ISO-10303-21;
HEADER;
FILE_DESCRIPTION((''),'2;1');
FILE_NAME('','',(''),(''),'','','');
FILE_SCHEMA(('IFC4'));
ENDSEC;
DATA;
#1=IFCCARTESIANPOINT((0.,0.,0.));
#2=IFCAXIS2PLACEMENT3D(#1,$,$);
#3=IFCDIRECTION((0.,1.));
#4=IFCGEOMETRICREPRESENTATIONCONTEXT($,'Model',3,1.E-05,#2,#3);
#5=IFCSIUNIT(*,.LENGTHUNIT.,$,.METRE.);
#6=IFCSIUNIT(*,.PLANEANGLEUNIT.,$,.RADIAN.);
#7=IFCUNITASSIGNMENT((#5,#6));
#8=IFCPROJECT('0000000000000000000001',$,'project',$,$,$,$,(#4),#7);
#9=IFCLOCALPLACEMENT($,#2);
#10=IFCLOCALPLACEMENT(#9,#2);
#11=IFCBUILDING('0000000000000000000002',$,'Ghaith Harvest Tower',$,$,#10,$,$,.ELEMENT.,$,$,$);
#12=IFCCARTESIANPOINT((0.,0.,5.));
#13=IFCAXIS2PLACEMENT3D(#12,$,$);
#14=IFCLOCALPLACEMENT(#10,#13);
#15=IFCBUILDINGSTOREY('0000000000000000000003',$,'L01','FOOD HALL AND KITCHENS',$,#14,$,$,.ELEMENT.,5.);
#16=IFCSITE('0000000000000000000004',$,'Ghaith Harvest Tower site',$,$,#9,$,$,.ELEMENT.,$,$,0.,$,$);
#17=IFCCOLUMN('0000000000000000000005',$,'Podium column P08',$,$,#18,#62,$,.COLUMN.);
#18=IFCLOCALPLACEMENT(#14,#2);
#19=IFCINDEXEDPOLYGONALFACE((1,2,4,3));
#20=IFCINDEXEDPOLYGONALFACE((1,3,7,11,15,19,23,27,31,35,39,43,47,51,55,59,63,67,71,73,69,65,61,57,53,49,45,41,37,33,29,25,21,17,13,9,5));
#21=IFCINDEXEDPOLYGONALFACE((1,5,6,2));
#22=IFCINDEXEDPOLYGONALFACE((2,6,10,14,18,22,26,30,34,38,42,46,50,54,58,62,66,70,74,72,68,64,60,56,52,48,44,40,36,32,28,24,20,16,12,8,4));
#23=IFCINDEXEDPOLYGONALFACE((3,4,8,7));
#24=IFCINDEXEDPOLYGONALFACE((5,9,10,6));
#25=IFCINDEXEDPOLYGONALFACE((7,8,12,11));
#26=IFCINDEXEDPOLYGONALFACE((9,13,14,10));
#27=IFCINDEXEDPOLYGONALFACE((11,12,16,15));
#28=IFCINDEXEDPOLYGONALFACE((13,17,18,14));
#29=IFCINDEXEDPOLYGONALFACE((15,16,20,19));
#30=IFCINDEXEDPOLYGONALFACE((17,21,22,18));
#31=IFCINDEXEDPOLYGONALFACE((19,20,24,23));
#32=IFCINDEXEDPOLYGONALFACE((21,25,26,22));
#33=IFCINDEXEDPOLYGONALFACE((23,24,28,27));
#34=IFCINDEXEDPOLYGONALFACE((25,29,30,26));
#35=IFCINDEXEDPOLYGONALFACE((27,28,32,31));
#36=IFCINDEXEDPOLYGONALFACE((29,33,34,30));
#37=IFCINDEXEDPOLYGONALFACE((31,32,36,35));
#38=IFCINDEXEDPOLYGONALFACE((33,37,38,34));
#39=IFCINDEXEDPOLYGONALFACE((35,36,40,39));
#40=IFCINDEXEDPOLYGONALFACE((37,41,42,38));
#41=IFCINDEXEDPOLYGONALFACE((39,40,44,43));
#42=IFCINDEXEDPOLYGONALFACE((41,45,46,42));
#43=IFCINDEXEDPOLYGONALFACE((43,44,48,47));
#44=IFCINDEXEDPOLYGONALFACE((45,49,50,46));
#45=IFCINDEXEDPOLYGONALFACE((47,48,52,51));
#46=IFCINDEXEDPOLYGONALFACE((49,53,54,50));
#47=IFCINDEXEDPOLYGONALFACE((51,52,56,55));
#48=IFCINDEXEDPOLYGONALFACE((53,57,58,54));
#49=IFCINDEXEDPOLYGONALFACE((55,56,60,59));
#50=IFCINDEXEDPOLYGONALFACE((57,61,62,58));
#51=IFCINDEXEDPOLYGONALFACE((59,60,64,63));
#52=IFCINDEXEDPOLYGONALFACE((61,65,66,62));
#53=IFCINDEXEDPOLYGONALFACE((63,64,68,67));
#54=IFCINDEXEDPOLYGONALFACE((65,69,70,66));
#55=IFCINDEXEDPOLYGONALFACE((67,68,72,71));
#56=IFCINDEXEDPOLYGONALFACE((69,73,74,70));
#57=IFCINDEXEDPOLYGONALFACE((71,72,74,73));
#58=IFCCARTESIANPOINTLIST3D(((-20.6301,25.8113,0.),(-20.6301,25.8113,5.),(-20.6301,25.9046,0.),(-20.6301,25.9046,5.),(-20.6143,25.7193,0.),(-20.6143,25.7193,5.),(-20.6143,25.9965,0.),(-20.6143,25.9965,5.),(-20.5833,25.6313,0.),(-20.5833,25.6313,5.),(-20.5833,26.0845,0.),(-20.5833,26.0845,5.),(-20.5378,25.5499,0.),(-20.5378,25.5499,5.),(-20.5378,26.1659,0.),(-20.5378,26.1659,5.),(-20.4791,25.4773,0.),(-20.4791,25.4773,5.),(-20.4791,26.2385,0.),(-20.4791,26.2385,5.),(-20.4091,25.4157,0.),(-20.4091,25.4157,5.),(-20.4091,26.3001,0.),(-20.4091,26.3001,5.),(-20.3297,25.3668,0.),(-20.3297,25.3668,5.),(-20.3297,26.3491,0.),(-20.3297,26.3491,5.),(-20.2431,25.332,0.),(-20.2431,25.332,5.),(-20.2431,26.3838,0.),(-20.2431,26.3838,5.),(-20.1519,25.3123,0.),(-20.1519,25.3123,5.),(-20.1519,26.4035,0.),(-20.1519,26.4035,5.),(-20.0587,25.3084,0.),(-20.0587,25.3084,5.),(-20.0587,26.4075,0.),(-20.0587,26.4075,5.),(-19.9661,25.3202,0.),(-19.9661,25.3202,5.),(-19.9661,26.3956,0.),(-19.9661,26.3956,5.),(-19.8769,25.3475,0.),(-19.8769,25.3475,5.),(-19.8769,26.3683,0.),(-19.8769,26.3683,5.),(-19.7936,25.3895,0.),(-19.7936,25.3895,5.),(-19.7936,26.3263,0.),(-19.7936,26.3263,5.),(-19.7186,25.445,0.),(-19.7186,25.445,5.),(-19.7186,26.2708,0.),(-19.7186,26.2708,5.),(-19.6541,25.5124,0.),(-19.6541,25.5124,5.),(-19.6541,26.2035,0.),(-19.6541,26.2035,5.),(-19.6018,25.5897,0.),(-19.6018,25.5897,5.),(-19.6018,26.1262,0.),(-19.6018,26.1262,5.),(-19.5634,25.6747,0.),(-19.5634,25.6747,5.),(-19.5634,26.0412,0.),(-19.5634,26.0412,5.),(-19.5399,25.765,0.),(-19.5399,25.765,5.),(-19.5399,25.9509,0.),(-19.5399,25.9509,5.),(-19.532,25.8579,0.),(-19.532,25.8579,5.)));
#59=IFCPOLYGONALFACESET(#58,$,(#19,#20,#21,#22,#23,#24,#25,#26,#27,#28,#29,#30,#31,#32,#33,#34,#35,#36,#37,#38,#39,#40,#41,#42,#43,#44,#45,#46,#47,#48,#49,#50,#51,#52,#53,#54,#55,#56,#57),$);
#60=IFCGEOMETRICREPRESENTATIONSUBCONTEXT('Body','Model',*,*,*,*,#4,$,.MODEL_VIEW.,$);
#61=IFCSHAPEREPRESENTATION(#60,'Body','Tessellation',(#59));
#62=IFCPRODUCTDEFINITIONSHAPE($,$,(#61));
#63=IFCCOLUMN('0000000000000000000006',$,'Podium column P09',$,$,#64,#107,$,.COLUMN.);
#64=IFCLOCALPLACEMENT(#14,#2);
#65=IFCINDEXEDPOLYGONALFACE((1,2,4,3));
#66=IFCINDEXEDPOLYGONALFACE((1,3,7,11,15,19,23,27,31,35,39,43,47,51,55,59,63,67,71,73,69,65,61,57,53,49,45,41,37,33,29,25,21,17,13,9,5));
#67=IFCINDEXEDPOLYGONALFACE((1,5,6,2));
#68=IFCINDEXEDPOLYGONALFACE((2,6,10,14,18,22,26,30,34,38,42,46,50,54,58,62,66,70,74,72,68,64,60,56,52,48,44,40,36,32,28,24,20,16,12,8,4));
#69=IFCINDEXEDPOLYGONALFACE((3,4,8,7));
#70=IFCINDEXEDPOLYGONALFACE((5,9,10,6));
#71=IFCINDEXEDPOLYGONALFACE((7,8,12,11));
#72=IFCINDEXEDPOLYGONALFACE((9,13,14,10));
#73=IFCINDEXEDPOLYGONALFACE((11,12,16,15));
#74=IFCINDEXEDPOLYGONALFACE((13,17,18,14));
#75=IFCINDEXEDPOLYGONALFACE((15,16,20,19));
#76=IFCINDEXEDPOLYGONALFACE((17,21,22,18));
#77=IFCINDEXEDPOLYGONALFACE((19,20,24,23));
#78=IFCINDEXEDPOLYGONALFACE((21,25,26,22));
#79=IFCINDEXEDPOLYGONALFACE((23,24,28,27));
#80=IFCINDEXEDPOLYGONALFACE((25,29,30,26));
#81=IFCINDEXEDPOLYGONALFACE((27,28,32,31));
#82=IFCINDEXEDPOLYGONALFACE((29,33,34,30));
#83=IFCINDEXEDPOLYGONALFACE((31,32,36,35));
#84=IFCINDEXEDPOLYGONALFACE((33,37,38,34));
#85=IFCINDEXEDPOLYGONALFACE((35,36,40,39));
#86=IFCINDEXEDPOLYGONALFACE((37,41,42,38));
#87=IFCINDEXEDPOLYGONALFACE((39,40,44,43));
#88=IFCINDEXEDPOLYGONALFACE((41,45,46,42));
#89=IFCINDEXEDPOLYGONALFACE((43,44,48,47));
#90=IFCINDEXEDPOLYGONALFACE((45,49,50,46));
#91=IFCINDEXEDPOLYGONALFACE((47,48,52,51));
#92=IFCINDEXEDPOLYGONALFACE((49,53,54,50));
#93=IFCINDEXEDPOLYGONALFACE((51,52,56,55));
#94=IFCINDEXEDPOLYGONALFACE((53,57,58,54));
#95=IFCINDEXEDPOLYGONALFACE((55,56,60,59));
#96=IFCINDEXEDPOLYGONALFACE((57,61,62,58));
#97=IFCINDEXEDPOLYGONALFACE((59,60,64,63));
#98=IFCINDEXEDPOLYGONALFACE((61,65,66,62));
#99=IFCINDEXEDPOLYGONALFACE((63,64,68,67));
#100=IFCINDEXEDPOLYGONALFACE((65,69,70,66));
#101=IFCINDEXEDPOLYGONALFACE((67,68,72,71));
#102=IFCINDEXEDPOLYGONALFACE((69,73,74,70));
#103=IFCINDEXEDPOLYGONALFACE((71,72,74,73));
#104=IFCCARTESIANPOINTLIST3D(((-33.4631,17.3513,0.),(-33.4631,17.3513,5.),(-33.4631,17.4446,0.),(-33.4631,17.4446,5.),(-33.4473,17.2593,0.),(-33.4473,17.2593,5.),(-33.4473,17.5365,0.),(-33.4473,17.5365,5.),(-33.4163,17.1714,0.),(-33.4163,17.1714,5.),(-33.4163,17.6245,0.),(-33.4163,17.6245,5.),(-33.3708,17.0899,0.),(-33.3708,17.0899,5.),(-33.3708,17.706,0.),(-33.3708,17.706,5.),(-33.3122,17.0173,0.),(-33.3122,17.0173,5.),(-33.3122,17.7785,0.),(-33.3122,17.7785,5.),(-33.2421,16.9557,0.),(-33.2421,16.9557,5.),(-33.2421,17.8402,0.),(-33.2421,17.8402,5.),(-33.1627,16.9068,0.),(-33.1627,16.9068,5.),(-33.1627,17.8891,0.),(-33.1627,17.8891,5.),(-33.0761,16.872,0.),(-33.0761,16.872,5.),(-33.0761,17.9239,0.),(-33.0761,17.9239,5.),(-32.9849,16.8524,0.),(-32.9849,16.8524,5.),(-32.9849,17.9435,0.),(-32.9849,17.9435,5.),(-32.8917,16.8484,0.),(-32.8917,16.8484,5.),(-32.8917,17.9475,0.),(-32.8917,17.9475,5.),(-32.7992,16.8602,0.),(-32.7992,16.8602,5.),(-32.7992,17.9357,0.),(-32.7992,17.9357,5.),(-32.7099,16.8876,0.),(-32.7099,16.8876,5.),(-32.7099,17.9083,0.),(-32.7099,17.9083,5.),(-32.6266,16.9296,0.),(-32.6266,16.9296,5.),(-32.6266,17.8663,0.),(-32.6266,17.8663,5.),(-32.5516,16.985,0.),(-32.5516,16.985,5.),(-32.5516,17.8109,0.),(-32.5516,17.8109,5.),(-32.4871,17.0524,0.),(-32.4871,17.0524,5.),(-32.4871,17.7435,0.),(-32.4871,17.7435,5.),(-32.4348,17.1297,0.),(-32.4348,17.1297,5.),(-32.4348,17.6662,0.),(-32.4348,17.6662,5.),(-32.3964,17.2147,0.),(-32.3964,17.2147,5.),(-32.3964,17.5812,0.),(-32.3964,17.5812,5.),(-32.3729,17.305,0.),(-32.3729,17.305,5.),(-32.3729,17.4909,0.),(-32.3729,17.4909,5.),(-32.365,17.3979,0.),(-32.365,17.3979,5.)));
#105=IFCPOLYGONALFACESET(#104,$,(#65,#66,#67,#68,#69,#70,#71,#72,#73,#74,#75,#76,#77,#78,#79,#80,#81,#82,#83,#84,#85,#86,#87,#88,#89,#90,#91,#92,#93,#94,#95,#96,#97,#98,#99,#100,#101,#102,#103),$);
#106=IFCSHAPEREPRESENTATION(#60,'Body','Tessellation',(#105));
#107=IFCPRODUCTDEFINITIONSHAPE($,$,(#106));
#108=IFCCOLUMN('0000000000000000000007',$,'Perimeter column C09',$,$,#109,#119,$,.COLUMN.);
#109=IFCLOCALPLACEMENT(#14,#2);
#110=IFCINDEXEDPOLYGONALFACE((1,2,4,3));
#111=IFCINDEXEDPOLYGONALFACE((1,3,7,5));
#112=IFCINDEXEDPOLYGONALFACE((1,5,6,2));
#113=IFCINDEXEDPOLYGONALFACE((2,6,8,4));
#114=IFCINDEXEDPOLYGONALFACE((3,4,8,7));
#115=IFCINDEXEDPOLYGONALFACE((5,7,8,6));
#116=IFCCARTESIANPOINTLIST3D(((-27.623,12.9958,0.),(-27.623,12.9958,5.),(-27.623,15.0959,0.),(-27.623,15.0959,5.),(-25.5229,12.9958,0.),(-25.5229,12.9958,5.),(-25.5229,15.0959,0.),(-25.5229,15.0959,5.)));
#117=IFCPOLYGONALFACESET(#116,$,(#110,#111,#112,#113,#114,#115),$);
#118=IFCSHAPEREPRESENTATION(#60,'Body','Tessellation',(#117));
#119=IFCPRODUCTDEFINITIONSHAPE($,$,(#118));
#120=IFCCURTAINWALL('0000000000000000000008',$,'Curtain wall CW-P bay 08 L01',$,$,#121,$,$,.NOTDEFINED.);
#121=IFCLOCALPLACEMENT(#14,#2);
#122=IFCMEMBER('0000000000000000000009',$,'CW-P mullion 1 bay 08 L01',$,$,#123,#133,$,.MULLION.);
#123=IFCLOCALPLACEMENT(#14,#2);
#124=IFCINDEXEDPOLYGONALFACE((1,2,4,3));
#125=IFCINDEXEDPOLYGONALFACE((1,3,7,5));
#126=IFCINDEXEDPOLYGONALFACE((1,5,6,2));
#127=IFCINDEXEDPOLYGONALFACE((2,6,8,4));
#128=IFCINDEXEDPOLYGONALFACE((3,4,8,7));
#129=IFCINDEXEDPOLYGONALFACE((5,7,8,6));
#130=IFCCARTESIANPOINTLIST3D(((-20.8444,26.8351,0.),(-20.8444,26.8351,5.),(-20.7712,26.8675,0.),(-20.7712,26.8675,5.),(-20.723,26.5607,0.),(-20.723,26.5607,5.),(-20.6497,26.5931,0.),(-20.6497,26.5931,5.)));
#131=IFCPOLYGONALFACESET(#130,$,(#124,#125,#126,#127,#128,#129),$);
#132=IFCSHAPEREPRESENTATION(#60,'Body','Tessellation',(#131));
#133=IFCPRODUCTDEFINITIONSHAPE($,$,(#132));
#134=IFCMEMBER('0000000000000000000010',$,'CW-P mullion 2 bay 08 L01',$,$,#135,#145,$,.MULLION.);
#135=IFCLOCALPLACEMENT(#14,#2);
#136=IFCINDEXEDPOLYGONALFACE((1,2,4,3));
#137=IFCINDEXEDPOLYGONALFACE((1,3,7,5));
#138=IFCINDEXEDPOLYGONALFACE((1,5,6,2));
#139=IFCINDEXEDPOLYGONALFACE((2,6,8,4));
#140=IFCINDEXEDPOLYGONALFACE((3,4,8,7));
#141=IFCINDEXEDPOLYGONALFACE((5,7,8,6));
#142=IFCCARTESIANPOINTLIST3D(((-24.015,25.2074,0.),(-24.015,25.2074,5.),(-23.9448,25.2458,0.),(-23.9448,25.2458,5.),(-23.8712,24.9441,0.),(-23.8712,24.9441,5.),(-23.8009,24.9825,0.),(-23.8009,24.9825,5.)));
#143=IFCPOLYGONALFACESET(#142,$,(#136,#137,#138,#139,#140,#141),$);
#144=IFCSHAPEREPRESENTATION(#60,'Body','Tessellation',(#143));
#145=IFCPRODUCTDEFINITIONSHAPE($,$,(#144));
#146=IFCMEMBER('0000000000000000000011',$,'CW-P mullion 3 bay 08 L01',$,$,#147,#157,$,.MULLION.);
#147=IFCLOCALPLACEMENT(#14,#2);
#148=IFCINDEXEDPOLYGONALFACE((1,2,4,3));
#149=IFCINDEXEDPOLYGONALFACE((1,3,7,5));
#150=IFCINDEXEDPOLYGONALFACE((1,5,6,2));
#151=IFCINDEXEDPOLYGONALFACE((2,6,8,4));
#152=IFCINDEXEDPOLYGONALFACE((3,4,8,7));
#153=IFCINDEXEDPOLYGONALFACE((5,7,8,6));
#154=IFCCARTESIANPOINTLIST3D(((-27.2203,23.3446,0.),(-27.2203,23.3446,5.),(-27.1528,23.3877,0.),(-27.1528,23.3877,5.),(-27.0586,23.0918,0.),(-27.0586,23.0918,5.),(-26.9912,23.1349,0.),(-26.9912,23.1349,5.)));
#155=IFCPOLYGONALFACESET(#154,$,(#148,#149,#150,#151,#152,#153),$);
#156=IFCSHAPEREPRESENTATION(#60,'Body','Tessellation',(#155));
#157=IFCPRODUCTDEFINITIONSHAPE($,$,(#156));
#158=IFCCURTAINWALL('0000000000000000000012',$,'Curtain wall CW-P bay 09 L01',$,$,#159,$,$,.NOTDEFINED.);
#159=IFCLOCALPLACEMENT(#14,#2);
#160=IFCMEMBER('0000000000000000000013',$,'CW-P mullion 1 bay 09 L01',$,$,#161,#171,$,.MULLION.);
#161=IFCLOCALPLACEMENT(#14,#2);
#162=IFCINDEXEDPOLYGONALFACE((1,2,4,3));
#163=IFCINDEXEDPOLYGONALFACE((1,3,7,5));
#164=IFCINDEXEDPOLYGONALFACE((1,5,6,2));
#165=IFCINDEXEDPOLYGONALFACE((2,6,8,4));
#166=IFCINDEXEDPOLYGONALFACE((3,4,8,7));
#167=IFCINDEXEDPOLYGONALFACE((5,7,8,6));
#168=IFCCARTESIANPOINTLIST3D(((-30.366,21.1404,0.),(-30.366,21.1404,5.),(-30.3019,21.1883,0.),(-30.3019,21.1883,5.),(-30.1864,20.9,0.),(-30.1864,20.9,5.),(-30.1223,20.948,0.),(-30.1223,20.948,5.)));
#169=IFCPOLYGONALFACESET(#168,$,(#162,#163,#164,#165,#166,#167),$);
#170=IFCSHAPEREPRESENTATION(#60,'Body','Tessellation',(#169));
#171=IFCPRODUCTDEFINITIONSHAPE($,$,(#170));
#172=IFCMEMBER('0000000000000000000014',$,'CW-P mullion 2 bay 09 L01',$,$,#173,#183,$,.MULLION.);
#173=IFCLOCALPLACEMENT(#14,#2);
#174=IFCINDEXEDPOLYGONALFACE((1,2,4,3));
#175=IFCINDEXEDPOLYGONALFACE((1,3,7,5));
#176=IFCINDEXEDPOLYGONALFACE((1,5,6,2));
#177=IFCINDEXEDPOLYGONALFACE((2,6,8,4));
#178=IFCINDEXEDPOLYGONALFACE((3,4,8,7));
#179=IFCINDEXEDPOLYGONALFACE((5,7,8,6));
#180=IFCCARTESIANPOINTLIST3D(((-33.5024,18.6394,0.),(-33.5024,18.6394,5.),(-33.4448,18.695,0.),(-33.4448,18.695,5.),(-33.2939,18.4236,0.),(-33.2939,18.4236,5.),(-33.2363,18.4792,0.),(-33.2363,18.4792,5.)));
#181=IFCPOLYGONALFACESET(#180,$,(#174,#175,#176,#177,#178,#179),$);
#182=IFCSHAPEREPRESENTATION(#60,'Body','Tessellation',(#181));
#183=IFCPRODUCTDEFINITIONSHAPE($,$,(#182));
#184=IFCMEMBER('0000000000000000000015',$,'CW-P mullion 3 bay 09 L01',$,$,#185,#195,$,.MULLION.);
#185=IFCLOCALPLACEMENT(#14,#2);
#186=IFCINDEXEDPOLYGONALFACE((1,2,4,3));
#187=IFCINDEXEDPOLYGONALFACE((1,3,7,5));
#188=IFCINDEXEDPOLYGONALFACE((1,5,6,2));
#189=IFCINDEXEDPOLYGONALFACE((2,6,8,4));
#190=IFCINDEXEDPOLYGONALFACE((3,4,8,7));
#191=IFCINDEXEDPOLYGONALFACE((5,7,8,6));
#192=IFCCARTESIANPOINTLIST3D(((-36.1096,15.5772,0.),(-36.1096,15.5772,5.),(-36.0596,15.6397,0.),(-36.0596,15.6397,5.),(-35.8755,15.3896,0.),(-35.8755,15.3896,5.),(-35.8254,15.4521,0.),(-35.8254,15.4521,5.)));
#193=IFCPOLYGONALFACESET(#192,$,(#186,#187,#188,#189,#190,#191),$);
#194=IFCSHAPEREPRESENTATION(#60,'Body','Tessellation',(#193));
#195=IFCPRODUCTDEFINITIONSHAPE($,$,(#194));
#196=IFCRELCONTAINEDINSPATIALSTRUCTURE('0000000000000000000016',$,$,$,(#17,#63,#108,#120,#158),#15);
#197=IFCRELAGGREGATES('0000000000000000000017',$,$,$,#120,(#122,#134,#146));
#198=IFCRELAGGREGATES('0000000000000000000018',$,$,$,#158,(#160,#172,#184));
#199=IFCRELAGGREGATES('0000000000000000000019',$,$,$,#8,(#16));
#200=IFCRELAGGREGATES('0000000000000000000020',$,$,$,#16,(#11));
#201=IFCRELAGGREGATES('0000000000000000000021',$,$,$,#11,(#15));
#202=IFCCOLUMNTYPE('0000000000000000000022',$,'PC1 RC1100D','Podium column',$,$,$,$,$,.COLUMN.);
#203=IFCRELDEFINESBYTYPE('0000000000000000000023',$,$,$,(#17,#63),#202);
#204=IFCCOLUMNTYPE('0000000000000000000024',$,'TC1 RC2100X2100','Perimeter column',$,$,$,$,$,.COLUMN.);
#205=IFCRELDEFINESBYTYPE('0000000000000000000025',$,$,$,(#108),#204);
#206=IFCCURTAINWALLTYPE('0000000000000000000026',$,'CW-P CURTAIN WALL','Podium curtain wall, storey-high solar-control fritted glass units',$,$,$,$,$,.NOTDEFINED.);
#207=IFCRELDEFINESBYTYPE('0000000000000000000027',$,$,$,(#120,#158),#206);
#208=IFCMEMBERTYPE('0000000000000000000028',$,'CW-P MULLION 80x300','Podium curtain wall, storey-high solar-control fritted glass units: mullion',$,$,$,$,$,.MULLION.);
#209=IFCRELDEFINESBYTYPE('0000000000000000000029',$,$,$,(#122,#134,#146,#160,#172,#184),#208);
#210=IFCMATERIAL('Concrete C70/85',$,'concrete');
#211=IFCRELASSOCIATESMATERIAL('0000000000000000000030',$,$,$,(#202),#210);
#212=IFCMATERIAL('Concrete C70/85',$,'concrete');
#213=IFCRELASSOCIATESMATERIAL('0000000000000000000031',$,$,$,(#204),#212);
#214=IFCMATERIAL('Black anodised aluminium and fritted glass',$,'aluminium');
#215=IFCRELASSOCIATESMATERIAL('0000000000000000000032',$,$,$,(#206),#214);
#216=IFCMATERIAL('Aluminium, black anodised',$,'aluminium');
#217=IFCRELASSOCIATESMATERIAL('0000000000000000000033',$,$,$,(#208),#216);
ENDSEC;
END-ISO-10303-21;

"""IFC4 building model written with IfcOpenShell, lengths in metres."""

from ifc_helpers import new_model, si_unit, direction, frame, origin, origin_2d, place, context, subcontext, project, spatial, rectangle, circle, extrude, material, material_profile, profile_set, type_object, element, aggregate, save


model = new_model("IFC4")

# Units and contexts
model_context = context("Model", 3, precision=1e-05, world=origin(), true_north=direction((0.0, 1.0)))
body_context = subcontext(model_context, "Body", "Model", "MODEL_VIEW")
ifc_project = project(units=[si_unit("LENGTHUNIT", "METRE"), si_unit("PLANEANGLEUNIT", "RADIAN")], contexts=[model_context])

# Site, building, storey
site_placement = place(None, origin())
site = spatial("IfcSite", under=ifc_project, at=site_placement, Name="Ghaith Harvest Tower site", CompositionType="ELEMENT", RefElevation=0.0)
building_placement = place(site_placement, origin())
building = spatial("IfcBuilding", under=site, at=building_placement, Name="Ghaith Harvest Tower", CompositionType="ELEMENT")
storey_placement = place(building_placement, frame((0.0, 0.0, 5.0)))
storey = spatial("IfcBuildingStorey", under=building, at=storey_placement, Name="L01", Description="FOOD HALL AND KITCHENS", CompositionType="ELEMENT", Elevation=5.0)

# Columns
ifc_material_1 = material(Name="Concrete C70/85", Category="concrete")
ifc_material_profile_1 = material_profile(ifc_material_1, circle(Radius=0.55, at=origin_2d()), Name="RC1100D")
ifc_profile_set_1 = profile_set([ifc_material_profile_1], Name="Concrete C70/85")
column_type_1 = type_object("IfcColumnType", Name="PC1 RC1100D", Description="Podium column", PredefinedType="COLUMN", material=ifc_profile_set_1)
for number, where, z_axis, x_axis, name in (
    (1, (-20.082, 25.8579, 0.0), (0.0, 0.0, 1.0), (1.0, 0.0, 0.0), "Podium column P08"),
    (2, (-32.915, 17.3979, 0.0), (0.0, 0.0, 1.0), (1.0, 0.0, 0.0), "Podium column P09"),
):
    element("IfcColumn", number, at=place(storey_placement, frame(where, z_axis=z_axis, x_axis=x_axis)), inside=storey, type_object=column_type_1, Name=name, PredefinedType="COLUMN", context=body_context, shape_type="SweptSolid", body=[
        extrude(circle(Radius=0.55, at=origin_2d()), origin(), (0.0, 0.0, 1.0), 5.0),
    ])
ifc_material_2 = material(Name="Concrete C70/85", Category="concrete")
ifc_material_profile_2 = material_profile(ifc_material_2, rectangle(XDim=2.1001, YDim=2.1001, at=origin_2d()), Name="RC2100X2100")
ifc_profile_set_2 = profile_set([ifc_material_profile_2], Name="Concrete C70/85")
column_type_2 = type_object("IfcColumnType", Name="TC1 RC2100X2100", Description="Perimeter column", PredefinedType="COLUMN", material=ifc_profile_set_2)
column_placement = place(storey_placement, frame((-26.573, 14.0459, 0.0), z_axis=(0.0, 0.0, 1.0), x_axis=(1.0, 0.0, 0.0)))
element("IfcColumn", 3, at=column_placement, inside=storey, type_object=column_type_2, Name="Perimeter column C09", PredefinedType="COLUMN", context=body_context, shape_type="SweptSolid", body=[
    extrude(rectangle(XDim=2.1001, YDim=2.1001, at=origin_2d()), origin(), (0.0, 0.0, 1.0), 5.0),
])

# Curtain walls, members
ifc_material_3 = material(Name="Black anodised aluminium and fritted glass", Category="aluminium")
curtain_wall_type = type_object("IfcCurtainWallType", Name="CW-P CURTAIN WALL", Description="Podium curtain wall, storey-high solar-control fritted glass units", PredefinedType="NOTDEFINED", material=ifc_material_3)
curtain_wall_1_placement = place(storey_placement, origin())
curtain_wall_1 = element("IfcCurtainWall", 4, at=curtain_wall_1_placement, inside=storey, type_object=curtain_wall_type, Name="Curtain wall CW-P bay 08 L01", PredefinedType="NOTDEFINED")
ifc_material_4 = material(Name="Aluminium, black anodised", Category="aluminium")
ifc_material_profile_3 = material_profile(ifc_material_4, rectangle(XDim=0.0801, YDim=0.3, at=origin_2d()), Name="CW-P MULLION 80x300")
ifc_profile_set_3 = profile_set([ifc_material_profile_3], Name="Aluminium, black anodised")
member_type_1 = type_object("IfcMemberType", Name="CW-P MULLION 80x300", Description="Podium curtain wall, storey-high solar-control fritted glass units: mullion", PredefinedType="MULLION", material=ifc_profile_set_3)
member_1_placement = place(storey_placement, frame((-20.7471, 26.7141, 0.0), z_axis=(0.0, 0.0, 1.0), x_axis=(-0.914422, -0.404763, 0.0)))
member_1 = element("IfcMember", 5, at=member_1_placement, type_object=member_type_1, Name="CW-P mullion 1 bay 08 L01", PredefinedType="MULLION", context=body_context, shape_type="SweptSolid", body=[
    extrude(rectangle(XDim=0.0801, YDim=0.3, at=origin_2d()), origin(), (0.0, 0.0, 1.0), 5.0),
])
member_2_placement = place(storey_placement, frame((-23.908, 25.095, 0.0), z_axis=(0.0, 0.0, 1.0), x_axis=(-0.877556, -0.479473, 0.0)))
member_2 = element("IfcMember", 6, at=member_2_placement, type_object=member_type_1, Name="CW-P mullion 2 bay 08 L01", PredefinedType="MULLION", context=body_context, shape_type="SweptSolid", body=[
    extrude(rectangle(XDim=0.0801, YDim=0.3, at=origin_2d()), origin(), (0.0, 0.0, 1.0), 5.0),
])
member_3_placement = place(storey_placement, frame((-27.1057, 23.2397, 0.0), z_axis=(0.0, 0.0, 1.0), x_axis=(-0.842539, -0.538635, 0.0)))
member_3 = element("IfcMember", 7, at=member_3_placement, type_object=member_type_1, Name="CW-P mullion 3 bay 08 L01", PredefinedType="MULLION", context=body_context, shape_type="SweptSolid", body=[
    extrude(rectangle(XDim=0.0801, YDim=0.3, at=origin_2d()), origin(), (0.0, 0.0, 1.0), 5.0),
])
curtain_wall_2_placement = place(storey_placement, origin())
curtain_wall_2 = element("IfcCurtainWall", 8, at=curtain_wall_2_placement, inside=storey, type_object=curtain_wall_type, Name="Curtain wall CW-P bay 09 L01", PredefinedType="NOTDEFINED")
member_4_placement = place(storey_placement, frame((-30.2441, 21.0442, 0.0), z_axis=(0.0, 0.0, 1.0), x_axis=(-0.801048, -0.5986, 0.0)))
member_4 = element("IfcMember", 9, at=member_4_placement, type_object=member_type_1, Name="CW-P mullion 1 bay 09 L01", PredefinedType="MULLION", context=body_context, shape_type="SweptSolid", body=[
    extrude(rectangle(XDim=0.0801, YDim=0.3, at=origin_2d()), origin(), (0.0, 0.0, 1.0), 5.0),
])
member_5_placement = place(storey_placement, frame((-33.3694, 18.5593, 0.0), z_axis=(0.0, 0.0, 1.0), x_axis=(-0.719189, -0.694814, 0.0)))
member_5 = element("IfcMember", 10, at=member_5_placement, type_object=member_type_1, Name="CW-P mullion 2 bay 09 L01", PredefinedType="MULLION", context=body_context, shape_type="SweptSolid", body=[
    extrude(rectangle(XDim=0.0801, YDim=0.3, at=origin_2d()), origin(), (0.0, 0.0, 1.0), 5.0),
])
member_6_placement = place(storey_placement, frame((-35.9675, 15.5146, 0.0), z_axis=(0.0, 0.0, 1.0), x_axis=(-0.625229, -0.780441, 0.0)))
member_6 = element("IfcMember", 11, at=member_6_placement, type_object=member_type_1, Name="CW-P mullion 3 bay 09 L01", PredefinedType="MULLION", context=body_context, shape_type="SweptSolid", body=[
    extrude(rectangle(XDim=0.0801, YDim=0.3, at=origin_2d()), origin(), (0.0, 0.0, 1.0), 5.0),
])

aggregate(curtain_wall_1, [member_1, member_2, member_3])
aggregate(curtain_wall_2, [member_4, member_5, member_6])

save(model, "model.ifc")
